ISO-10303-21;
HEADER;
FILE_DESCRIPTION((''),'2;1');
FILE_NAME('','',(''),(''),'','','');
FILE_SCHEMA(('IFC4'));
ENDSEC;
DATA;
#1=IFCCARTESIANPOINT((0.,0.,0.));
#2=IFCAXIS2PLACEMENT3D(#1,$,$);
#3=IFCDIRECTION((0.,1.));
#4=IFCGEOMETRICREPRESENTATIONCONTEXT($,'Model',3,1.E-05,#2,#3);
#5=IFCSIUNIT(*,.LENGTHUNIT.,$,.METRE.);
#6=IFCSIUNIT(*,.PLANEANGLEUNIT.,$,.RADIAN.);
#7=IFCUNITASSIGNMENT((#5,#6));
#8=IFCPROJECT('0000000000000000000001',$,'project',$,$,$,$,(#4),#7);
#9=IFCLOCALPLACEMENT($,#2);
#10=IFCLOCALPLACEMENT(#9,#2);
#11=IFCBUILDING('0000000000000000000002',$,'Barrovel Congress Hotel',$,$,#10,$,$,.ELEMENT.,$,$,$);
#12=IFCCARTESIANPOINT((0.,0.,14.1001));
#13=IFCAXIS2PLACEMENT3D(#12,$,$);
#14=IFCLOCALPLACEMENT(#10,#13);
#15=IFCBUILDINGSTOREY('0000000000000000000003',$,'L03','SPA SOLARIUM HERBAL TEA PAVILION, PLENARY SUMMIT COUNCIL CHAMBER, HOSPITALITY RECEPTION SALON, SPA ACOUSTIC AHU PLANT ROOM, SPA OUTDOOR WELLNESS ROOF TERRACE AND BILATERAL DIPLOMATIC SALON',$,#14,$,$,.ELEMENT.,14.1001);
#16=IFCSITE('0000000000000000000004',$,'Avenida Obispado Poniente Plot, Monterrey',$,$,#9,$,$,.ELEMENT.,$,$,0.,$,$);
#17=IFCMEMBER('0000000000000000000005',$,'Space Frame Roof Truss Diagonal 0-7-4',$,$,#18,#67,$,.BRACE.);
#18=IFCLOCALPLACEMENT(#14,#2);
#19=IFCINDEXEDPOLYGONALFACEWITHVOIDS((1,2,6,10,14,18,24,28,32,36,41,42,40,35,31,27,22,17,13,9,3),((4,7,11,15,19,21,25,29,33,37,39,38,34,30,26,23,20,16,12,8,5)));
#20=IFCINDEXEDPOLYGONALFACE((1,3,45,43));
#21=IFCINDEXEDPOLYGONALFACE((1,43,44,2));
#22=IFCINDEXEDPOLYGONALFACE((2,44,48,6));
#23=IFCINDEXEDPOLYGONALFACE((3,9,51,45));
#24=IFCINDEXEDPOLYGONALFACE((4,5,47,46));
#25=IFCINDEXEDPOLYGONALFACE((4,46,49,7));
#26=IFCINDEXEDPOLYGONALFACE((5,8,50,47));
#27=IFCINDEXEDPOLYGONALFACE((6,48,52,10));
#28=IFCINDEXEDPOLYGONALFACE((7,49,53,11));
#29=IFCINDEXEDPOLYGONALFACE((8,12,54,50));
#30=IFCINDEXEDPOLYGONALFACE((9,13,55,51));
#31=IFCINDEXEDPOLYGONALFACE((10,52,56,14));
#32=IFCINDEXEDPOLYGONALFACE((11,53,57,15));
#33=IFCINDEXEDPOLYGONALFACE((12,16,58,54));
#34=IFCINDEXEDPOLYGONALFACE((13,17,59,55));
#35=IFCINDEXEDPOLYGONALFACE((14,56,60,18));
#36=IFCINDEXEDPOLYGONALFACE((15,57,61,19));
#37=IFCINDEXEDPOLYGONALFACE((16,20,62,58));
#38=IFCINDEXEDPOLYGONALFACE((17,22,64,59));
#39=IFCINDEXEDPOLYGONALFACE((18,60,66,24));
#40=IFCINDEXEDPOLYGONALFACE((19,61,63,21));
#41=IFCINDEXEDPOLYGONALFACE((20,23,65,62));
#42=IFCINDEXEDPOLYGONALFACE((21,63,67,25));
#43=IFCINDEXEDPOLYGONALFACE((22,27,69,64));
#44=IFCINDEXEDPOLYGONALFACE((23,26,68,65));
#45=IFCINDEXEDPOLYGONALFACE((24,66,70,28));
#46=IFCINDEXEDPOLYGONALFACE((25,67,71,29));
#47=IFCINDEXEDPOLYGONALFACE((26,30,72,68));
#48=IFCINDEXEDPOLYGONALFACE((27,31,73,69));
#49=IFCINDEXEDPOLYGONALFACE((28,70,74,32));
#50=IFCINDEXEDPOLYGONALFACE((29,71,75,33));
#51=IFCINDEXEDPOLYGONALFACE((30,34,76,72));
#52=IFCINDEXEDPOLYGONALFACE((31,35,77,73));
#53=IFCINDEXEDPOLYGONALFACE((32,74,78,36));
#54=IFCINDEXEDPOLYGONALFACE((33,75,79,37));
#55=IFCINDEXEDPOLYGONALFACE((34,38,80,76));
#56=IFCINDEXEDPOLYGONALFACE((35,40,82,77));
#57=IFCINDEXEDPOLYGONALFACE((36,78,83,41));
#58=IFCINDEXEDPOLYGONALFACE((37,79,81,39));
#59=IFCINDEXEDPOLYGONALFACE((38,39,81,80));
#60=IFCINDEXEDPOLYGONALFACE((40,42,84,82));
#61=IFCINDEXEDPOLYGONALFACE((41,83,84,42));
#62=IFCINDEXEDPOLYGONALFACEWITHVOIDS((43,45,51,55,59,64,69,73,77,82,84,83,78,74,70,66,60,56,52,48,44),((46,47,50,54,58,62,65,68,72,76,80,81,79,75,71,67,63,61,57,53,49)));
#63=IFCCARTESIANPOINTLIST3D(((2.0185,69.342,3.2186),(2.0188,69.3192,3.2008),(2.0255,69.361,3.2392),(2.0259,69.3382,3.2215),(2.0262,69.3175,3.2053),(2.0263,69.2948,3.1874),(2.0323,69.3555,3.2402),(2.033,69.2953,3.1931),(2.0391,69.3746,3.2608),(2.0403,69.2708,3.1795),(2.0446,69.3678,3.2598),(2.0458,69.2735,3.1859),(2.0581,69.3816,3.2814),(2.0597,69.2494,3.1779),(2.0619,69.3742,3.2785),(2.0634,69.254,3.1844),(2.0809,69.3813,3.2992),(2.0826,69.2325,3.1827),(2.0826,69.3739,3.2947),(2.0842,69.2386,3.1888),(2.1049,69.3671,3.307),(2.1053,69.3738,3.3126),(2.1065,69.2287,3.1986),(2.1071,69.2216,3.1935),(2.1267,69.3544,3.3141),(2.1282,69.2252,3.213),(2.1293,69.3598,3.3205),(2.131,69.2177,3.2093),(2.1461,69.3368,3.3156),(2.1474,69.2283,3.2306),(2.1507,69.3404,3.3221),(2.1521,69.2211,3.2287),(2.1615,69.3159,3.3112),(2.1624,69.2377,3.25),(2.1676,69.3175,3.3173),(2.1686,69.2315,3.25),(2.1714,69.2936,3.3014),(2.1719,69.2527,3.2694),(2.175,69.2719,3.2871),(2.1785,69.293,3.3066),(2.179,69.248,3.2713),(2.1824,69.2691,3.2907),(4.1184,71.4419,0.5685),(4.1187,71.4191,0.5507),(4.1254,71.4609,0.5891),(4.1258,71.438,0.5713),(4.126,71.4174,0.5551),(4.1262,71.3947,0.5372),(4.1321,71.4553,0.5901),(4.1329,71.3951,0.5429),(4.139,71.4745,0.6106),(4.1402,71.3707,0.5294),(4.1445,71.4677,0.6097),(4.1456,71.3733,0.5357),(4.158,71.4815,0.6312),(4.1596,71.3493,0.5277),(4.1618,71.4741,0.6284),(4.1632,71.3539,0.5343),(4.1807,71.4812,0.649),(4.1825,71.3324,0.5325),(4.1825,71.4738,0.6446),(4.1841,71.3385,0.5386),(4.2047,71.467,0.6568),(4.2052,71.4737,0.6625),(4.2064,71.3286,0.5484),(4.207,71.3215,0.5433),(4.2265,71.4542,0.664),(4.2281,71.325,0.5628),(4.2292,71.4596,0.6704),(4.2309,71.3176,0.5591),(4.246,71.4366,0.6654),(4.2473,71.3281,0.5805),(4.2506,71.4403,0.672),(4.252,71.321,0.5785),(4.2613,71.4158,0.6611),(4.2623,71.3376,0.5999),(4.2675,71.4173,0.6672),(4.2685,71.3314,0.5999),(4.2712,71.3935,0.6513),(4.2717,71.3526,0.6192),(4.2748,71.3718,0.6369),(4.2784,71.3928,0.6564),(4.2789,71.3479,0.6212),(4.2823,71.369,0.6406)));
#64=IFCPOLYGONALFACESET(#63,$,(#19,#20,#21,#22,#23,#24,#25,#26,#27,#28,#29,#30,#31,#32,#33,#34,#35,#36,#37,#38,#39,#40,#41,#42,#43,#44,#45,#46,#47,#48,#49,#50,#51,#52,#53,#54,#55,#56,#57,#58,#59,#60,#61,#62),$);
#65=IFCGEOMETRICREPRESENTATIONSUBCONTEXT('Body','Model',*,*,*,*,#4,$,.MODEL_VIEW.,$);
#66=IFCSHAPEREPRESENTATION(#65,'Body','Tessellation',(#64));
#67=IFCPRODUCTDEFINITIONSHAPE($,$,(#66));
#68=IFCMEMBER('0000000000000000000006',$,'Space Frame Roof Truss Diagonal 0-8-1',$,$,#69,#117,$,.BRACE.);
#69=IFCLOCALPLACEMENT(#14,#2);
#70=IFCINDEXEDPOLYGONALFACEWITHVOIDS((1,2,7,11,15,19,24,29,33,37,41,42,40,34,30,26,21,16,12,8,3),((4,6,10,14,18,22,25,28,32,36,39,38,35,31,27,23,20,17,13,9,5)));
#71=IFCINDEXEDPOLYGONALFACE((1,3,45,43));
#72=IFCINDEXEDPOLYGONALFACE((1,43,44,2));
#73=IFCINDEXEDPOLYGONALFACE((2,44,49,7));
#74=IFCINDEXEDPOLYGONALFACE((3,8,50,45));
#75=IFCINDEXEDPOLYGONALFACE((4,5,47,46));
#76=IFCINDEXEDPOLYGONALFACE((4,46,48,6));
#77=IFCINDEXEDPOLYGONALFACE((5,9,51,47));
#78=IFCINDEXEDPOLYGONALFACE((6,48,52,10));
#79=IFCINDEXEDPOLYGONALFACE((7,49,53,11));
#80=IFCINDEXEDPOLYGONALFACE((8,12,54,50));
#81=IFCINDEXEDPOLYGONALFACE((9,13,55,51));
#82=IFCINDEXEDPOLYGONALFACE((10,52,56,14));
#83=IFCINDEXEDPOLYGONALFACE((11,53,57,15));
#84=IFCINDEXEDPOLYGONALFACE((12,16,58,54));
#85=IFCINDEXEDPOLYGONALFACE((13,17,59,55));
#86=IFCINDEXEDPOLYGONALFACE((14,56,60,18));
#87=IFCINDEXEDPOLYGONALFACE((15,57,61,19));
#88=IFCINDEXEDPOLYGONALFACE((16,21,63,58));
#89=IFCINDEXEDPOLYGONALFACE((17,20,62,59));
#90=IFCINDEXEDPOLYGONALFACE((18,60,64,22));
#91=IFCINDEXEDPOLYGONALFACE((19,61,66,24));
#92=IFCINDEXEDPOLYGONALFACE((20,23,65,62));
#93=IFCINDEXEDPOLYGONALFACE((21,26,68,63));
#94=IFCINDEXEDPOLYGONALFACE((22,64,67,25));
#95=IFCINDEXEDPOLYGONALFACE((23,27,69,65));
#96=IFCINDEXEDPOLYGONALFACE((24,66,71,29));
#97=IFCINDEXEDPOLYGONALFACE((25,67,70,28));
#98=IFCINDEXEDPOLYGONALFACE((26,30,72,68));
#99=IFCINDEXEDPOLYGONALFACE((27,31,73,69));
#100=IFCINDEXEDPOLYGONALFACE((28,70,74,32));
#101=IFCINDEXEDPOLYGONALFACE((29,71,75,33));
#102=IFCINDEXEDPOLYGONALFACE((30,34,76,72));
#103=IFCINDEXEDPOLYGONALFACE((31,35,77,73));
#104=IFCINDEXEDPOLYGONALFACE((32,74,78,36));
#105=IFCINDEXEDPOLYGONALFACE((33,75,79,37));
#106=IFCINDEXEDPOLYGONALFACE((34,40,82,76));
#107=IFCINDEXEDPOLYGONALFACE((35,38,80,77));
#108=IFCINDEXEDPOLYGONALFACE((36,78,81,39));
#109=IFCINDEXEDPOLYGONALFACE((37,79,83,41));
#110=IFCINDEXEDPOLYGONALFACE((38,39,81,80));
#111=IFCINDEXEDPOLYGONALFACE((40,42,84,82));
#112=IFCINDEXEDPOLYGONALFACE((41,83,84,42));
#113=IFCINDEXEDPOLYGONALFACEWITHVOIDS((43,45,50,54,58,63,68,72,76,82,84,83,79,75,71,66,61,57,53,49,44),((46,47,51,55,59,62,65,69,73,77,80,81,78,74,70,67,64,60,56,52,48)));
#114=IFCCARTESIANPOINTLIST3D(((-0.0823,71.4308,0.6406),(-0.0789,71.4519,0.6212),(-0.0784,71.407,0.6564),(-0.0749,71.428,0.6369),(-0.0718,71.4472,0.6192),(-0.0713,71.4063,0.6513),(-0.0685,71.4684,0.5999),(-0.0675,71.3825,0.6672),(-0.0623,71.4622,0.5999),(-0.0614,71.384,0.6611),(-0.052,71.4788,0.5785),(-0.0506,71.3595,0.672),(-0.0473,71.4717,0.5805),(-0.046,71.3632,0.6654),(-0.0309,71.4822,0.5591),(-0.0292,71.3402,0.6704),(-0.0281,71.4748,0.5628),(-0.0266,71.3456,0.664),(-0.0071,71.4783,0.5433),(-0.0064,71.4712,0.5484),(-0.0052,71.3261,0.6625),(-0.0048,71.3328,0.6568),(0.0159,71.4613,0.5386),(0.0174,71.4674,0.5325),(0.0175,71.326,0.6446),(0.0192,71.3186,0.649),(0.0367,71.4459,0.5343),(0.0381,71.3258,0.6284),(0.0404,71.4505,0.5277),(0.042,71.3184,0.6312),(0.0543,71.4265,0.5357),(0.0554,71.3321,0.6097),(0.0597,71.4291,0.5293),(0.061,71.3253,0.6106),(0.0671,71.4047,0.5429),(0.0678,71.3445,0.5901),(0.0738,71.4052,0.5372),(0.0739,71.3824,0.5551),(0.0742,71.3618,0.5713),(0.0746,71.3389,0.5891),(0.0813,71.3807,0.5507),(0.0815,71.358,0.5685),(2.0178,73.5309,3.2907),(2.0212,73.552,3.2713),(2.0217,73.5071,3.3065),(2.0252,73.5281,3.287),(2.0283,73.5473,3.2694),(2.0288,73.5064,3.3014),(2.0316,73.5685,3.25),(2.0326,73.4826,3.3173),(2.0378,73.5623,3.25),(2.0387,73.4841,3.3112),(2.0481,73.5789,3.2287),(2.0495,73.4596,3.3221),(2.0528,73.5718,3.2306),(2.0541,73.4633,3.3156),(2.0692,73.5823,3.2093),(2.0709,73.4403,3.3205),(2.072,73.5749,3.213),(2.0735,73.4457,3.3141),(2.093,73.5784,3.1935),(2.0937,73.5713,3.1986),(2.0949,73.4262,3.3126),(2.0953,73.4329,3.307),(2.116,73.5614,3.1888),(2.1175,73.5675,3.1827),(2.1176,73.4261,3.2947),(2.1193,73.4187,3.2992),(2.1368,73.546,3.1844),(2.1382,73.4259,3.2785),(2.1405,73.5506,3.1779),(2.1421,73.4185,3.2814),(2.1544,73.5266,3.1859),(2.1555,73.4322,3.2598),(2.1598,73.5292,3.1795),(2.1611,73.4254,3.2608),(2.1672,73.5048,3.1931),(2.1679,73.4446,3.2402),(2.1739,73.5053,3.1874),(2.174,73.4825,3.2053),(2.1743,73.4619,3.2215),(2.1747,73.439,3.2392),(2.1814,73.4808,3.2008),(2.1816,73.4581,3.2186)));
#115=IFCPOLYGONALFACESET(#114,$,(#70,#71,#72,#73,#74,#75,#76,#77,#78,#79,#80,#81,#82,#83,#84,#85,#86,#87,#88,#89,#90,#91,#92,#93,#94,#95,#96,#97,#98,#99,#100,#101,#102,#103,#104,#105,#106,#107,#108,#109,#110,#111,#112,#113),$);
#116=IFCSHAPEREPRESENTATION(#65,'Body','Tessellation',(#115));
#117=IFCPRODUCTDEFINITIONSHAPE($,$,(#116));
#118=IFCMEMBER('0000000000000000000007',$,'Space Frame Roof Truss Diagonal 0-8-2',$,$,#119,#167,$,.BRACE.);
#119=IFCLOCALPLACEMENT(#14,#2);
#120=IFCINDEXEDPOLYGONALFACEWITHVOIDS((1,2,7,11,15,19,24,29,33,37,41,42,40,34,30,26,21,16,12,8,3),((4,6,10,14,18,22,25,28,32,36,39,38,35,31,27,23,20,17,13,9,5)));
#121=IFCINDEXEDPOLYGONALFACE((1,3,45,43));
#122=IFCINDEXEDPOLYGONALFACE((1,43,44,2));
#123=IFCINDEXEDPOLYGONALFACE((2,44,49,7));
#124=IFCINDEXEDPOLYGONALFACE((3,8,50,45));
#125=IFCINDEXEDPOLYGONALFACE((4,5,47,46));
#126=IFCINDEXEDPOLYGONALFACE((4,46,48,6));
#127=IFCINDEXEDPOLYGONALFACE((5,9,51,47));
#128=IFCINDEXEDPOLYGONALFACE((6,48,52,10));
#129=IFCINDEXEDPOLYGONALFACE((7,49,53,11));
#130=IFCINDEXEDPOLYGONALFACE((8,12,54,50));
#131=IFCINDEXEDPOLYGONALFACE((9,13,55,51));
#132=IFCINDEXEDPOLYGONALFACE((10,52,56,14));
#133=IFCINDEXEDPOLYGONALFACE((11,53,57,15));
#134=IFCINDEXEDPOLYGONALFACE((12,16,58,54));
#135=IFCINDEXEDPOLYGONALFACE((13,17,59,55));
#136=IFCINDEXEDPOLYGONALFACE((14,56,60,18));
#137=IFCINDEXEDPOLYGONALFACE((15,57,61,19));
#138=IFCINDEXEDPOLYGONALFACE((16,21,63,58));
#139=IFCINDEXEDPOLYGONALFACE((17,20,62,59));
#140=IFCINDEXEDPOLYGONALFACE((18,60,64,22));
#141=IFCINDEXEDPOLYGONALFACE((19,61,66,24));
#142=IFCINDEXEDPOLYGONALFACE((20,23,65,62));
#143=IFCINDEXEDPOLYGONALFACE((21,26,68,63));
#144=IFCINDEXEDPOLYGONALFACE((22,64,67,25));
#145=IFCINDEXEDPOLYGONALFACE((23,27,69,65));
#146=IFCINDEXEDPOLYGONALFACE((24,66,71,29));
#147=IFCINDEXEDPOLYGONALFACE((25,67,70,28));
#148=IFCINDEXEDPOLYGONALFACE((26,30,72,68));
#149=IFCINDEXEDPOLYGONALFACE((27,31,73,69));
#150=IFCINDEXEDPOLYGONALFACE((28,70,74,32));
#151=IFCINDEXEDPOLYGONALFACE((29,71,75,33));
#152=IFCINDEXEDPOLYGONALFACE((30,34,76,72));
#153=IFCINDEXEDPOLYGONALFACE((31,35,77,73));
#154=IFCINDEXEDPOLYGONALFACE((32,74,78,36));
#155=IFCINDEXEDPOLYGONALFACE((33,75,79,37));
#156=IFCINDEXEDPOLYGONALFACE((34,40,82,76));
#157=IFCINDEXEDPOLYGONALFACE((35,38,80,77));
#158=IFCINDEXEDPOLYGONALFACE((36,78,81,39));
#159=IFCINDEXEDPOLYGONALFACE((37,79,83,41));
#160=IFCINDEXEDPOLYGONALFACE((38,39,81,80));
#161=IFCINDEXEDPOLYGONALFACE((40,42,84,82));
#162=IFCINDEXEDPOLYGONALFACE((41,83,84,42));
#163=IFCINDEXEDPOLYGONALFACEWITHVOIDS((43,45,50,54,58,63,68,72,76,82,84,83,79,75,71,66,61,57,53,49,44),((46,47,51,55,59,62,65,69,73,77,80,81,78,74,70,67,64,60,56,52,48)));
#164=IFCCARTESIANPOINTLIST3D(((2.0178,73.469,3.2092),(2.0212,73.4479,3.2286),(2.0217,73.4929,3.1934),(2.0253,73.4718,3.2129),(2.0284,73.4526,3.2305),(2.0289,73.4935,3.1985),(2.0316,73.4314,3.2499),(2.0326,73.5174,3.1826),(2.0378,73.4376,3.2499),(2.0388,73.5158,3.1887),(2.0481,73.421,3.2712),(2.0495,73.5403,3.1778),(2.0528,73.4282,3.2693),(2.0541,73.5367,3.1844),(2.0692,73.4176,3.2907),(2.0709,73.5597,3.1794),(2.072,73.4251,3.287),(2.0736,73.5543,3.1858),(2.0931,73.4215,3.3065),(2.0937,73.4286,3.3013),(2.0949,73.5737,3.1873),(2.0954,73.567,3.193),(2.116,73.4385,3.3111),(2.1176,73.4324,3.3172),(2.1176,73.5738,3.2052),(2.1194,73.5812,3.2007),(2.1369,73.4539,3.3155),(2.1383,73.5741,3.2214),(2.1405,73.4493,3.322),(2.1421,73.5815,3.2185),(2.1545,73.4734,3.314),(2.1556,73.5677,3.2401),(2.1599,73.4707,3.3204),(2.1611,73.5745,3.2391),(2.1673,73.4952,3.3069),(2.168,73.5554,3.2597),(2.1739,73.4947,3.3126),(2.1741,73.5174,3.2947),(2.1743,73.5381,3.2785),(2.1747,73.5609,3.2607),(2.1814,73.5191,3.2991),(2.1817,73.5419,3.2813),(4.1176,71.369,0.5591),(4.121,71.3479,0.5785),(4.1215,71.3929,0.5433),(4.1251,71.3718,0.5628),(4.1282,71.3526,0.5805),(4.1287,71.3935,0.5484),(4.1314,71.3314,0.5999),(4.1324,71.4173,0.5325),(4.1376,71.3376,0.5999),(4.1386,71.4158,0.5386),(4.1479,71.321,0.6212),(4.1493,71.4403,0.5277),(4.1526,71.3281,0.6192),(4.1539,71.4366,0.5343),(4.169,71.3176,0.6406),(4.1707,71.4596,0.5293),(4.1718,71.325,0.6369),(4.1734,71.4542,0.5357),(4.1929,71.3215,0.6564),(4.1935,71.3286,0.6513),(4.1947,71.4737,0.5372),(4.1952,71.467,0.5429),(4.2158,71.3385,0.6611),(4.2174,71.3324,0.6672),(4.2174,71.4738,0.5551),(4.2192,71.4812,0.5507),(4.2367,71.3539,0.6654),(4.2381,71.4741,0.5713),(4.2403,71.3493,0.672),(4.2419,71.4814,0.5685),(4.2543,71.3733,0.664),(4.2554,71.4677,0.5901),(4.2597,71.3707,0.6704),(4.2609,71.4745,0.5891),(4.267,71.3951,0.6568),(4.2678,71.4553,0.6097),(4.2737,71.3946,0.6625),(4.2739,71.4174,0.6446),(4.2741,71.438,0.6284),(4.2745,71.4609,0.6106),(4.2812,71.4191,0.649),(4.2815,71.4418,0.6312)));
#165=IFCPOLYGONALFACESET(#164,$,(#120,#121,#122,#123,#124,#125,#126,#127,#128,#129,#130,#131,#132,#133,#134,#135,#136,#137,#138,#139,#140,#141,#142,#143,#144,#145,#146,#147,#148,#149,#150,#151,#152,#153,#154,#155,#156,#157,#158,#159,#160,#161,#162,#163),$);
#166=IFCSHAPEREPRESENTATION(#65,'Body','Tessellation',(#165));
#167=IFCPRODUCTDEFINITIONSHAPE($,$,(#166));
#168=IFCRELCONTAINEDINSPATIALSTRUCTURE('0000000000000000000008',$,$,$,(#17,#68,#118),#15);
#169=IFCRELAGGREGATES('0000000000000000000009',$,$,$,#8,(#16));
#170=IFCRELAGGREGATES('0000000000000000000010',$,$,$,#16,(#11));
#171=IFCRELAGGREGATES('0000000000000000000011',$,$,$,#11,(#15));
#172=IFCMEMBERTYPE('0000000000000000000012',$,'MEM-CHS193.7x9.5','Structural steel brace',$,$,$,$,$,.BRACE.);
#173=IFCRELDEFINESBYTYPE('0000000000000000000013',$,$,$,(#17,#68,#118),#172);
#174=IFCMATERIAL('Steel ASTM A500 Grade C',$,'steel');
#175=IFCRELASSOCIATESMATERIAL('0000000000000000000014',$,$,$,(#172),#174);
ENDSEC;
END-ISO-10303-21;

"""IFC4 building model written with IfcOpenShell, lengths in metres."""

from ifc_helpers import new_model, si_unit, direction, frame, origin, origin_2d, place, context, subcontext, project, spatial, hollow_circle, extrude, material, material_profile, profile_set, type_object, element, save


model = new_model("IFC4")

# Units and contexts
model_context = context("Model", 3, precision=1e-05, world=origin(), true_north=direction((0.0, 1.0)))
body_context = subcontext(model_context, "Body", "Model", "MODEL_VIEW")
ifc_project = project(units=[si_unit("LENGTHUNIT", "METRE"), si_unit("PLANEANGLEUNIT", "RADIAN")], contexts=[model_context])

# Site, building, storey
site_placement = place(None, origin())
site = spatial("IfcSite", under=ifc_project, at=site_placement, Name="Avenida Obispado Poniente Plot, Monterrey", CompositionType="ELEMENT", RefElevation=0.0)
building_placement = place(site_placement, origin())
building = spatial("IfcBuilding", under=site, at=building_placement, Name="Barrovel Congress Hotel", CompositionType="ELEMENT")
storey_placement = place(building_placement, frame((0.0, 0.0, 14.1001)))
storey = spatial("IfcBuildingStorey", under=building, at=storey_placement, Name="L03", Description="SPA SOLARIUM HERBAL TEA PAVILION, PLENARY SUMMIT COUNCIL CHAMBER, HOSPITALITY RECEPTION SALON, SPA ACOUSTIC AHU PLANT ROOM, SPA OUTDOOR WELLNESS ROOF TERRACE AND BILATERAL DIPLOMATIC SALON", CompositionType="ELEMENT", Elevation=14.1001)

# Members
ifc_material_1 = material(Name="Steel ASTM A500 Grade C", Category="steel")
ifc_material_profile_1 = material_profile(ifc_material_1, hollow_circle(Radius=0.0969, WallThickness=0.0088, at=origin_2d()), Name="CHS193.7x9.5")
ifc_profile_set_1 = profile_set([ifc_material_profile_1], Name="Steel ASTM A500 Grade C")
member_type_1 = type_object("IfcMemberType", Name="MEM-CHS193.7x9.5", Description="Structural steel brace", PredefinedType="BRACE", material=ifc_profile_set_1)
for number, where, z_axis, x_axis, name in (
    (1, (4.2, 71.3999, 0.5999), (-0.527574, -0.527574, 0.665831), (0.707107, -0.707107, 0.0), "Space Frame Roof Truss Diagonal 0-7-4"),
):
    element("IfcMember", number, at=place(storey_placement, frame(where, z_axis=z_axis, x_axis=x_axis)), inside=storey, type_object=member_type_1, Name=name, PredefinedType="BRACE", context=body_context, shape_type="SweptSolid", body=[
        extrude(hollow_circle(Radius=0.0969, WallThickness=0.0088, at=origin_2d()), origin(), (0.0, 0.0, 1.0), 3.9802),
    ])
member_1_placement = place(storey_placement, frame((0.0, 71.3999, 0.5999), z_axis=(0.527601, 0.527601, 0.665788), x_axis=(-0.707107, 0.707107, 0.0)))
element("IfcMember", 2, at=member_1_placement, inside=storey, type_object=member_type_1, Name="Space Frame Roof Truss Diagonal 0-8-1", PredefinedType="BRACE", context=body_context, shape_type="SweptSolid", body=[
    extrude(hollow_circle(Radius=0.0969, WallThickness=0.0088, at=origin_2d()), origin(), (0.0, 0.0, 1.0), 3.9805),
])
member_2_placement = place(storey_placement, frame((4.2, 71.3999, 0.5999), z_axis=(-0.527557, 0.527618, 0.66581), x_axis=(-0.707148, -0.707066, 0.0)))
element("IfcMember", 3, at=member_2_placement, inside=storey, type_object=member_type_1, Name="Space Frame Roof Truss Diagonal 0-8-2", PredefinedType="BRACE", context=body_context, shape_type="SweptSolid", body=[
    extrude(hollow_circle(Radius=0.0969, WallThickness=0.0088, at=origin_2d()), origin(), (0.0, 0.0, 1.0), 3.9802),
])

save(model, "model.ifc")
